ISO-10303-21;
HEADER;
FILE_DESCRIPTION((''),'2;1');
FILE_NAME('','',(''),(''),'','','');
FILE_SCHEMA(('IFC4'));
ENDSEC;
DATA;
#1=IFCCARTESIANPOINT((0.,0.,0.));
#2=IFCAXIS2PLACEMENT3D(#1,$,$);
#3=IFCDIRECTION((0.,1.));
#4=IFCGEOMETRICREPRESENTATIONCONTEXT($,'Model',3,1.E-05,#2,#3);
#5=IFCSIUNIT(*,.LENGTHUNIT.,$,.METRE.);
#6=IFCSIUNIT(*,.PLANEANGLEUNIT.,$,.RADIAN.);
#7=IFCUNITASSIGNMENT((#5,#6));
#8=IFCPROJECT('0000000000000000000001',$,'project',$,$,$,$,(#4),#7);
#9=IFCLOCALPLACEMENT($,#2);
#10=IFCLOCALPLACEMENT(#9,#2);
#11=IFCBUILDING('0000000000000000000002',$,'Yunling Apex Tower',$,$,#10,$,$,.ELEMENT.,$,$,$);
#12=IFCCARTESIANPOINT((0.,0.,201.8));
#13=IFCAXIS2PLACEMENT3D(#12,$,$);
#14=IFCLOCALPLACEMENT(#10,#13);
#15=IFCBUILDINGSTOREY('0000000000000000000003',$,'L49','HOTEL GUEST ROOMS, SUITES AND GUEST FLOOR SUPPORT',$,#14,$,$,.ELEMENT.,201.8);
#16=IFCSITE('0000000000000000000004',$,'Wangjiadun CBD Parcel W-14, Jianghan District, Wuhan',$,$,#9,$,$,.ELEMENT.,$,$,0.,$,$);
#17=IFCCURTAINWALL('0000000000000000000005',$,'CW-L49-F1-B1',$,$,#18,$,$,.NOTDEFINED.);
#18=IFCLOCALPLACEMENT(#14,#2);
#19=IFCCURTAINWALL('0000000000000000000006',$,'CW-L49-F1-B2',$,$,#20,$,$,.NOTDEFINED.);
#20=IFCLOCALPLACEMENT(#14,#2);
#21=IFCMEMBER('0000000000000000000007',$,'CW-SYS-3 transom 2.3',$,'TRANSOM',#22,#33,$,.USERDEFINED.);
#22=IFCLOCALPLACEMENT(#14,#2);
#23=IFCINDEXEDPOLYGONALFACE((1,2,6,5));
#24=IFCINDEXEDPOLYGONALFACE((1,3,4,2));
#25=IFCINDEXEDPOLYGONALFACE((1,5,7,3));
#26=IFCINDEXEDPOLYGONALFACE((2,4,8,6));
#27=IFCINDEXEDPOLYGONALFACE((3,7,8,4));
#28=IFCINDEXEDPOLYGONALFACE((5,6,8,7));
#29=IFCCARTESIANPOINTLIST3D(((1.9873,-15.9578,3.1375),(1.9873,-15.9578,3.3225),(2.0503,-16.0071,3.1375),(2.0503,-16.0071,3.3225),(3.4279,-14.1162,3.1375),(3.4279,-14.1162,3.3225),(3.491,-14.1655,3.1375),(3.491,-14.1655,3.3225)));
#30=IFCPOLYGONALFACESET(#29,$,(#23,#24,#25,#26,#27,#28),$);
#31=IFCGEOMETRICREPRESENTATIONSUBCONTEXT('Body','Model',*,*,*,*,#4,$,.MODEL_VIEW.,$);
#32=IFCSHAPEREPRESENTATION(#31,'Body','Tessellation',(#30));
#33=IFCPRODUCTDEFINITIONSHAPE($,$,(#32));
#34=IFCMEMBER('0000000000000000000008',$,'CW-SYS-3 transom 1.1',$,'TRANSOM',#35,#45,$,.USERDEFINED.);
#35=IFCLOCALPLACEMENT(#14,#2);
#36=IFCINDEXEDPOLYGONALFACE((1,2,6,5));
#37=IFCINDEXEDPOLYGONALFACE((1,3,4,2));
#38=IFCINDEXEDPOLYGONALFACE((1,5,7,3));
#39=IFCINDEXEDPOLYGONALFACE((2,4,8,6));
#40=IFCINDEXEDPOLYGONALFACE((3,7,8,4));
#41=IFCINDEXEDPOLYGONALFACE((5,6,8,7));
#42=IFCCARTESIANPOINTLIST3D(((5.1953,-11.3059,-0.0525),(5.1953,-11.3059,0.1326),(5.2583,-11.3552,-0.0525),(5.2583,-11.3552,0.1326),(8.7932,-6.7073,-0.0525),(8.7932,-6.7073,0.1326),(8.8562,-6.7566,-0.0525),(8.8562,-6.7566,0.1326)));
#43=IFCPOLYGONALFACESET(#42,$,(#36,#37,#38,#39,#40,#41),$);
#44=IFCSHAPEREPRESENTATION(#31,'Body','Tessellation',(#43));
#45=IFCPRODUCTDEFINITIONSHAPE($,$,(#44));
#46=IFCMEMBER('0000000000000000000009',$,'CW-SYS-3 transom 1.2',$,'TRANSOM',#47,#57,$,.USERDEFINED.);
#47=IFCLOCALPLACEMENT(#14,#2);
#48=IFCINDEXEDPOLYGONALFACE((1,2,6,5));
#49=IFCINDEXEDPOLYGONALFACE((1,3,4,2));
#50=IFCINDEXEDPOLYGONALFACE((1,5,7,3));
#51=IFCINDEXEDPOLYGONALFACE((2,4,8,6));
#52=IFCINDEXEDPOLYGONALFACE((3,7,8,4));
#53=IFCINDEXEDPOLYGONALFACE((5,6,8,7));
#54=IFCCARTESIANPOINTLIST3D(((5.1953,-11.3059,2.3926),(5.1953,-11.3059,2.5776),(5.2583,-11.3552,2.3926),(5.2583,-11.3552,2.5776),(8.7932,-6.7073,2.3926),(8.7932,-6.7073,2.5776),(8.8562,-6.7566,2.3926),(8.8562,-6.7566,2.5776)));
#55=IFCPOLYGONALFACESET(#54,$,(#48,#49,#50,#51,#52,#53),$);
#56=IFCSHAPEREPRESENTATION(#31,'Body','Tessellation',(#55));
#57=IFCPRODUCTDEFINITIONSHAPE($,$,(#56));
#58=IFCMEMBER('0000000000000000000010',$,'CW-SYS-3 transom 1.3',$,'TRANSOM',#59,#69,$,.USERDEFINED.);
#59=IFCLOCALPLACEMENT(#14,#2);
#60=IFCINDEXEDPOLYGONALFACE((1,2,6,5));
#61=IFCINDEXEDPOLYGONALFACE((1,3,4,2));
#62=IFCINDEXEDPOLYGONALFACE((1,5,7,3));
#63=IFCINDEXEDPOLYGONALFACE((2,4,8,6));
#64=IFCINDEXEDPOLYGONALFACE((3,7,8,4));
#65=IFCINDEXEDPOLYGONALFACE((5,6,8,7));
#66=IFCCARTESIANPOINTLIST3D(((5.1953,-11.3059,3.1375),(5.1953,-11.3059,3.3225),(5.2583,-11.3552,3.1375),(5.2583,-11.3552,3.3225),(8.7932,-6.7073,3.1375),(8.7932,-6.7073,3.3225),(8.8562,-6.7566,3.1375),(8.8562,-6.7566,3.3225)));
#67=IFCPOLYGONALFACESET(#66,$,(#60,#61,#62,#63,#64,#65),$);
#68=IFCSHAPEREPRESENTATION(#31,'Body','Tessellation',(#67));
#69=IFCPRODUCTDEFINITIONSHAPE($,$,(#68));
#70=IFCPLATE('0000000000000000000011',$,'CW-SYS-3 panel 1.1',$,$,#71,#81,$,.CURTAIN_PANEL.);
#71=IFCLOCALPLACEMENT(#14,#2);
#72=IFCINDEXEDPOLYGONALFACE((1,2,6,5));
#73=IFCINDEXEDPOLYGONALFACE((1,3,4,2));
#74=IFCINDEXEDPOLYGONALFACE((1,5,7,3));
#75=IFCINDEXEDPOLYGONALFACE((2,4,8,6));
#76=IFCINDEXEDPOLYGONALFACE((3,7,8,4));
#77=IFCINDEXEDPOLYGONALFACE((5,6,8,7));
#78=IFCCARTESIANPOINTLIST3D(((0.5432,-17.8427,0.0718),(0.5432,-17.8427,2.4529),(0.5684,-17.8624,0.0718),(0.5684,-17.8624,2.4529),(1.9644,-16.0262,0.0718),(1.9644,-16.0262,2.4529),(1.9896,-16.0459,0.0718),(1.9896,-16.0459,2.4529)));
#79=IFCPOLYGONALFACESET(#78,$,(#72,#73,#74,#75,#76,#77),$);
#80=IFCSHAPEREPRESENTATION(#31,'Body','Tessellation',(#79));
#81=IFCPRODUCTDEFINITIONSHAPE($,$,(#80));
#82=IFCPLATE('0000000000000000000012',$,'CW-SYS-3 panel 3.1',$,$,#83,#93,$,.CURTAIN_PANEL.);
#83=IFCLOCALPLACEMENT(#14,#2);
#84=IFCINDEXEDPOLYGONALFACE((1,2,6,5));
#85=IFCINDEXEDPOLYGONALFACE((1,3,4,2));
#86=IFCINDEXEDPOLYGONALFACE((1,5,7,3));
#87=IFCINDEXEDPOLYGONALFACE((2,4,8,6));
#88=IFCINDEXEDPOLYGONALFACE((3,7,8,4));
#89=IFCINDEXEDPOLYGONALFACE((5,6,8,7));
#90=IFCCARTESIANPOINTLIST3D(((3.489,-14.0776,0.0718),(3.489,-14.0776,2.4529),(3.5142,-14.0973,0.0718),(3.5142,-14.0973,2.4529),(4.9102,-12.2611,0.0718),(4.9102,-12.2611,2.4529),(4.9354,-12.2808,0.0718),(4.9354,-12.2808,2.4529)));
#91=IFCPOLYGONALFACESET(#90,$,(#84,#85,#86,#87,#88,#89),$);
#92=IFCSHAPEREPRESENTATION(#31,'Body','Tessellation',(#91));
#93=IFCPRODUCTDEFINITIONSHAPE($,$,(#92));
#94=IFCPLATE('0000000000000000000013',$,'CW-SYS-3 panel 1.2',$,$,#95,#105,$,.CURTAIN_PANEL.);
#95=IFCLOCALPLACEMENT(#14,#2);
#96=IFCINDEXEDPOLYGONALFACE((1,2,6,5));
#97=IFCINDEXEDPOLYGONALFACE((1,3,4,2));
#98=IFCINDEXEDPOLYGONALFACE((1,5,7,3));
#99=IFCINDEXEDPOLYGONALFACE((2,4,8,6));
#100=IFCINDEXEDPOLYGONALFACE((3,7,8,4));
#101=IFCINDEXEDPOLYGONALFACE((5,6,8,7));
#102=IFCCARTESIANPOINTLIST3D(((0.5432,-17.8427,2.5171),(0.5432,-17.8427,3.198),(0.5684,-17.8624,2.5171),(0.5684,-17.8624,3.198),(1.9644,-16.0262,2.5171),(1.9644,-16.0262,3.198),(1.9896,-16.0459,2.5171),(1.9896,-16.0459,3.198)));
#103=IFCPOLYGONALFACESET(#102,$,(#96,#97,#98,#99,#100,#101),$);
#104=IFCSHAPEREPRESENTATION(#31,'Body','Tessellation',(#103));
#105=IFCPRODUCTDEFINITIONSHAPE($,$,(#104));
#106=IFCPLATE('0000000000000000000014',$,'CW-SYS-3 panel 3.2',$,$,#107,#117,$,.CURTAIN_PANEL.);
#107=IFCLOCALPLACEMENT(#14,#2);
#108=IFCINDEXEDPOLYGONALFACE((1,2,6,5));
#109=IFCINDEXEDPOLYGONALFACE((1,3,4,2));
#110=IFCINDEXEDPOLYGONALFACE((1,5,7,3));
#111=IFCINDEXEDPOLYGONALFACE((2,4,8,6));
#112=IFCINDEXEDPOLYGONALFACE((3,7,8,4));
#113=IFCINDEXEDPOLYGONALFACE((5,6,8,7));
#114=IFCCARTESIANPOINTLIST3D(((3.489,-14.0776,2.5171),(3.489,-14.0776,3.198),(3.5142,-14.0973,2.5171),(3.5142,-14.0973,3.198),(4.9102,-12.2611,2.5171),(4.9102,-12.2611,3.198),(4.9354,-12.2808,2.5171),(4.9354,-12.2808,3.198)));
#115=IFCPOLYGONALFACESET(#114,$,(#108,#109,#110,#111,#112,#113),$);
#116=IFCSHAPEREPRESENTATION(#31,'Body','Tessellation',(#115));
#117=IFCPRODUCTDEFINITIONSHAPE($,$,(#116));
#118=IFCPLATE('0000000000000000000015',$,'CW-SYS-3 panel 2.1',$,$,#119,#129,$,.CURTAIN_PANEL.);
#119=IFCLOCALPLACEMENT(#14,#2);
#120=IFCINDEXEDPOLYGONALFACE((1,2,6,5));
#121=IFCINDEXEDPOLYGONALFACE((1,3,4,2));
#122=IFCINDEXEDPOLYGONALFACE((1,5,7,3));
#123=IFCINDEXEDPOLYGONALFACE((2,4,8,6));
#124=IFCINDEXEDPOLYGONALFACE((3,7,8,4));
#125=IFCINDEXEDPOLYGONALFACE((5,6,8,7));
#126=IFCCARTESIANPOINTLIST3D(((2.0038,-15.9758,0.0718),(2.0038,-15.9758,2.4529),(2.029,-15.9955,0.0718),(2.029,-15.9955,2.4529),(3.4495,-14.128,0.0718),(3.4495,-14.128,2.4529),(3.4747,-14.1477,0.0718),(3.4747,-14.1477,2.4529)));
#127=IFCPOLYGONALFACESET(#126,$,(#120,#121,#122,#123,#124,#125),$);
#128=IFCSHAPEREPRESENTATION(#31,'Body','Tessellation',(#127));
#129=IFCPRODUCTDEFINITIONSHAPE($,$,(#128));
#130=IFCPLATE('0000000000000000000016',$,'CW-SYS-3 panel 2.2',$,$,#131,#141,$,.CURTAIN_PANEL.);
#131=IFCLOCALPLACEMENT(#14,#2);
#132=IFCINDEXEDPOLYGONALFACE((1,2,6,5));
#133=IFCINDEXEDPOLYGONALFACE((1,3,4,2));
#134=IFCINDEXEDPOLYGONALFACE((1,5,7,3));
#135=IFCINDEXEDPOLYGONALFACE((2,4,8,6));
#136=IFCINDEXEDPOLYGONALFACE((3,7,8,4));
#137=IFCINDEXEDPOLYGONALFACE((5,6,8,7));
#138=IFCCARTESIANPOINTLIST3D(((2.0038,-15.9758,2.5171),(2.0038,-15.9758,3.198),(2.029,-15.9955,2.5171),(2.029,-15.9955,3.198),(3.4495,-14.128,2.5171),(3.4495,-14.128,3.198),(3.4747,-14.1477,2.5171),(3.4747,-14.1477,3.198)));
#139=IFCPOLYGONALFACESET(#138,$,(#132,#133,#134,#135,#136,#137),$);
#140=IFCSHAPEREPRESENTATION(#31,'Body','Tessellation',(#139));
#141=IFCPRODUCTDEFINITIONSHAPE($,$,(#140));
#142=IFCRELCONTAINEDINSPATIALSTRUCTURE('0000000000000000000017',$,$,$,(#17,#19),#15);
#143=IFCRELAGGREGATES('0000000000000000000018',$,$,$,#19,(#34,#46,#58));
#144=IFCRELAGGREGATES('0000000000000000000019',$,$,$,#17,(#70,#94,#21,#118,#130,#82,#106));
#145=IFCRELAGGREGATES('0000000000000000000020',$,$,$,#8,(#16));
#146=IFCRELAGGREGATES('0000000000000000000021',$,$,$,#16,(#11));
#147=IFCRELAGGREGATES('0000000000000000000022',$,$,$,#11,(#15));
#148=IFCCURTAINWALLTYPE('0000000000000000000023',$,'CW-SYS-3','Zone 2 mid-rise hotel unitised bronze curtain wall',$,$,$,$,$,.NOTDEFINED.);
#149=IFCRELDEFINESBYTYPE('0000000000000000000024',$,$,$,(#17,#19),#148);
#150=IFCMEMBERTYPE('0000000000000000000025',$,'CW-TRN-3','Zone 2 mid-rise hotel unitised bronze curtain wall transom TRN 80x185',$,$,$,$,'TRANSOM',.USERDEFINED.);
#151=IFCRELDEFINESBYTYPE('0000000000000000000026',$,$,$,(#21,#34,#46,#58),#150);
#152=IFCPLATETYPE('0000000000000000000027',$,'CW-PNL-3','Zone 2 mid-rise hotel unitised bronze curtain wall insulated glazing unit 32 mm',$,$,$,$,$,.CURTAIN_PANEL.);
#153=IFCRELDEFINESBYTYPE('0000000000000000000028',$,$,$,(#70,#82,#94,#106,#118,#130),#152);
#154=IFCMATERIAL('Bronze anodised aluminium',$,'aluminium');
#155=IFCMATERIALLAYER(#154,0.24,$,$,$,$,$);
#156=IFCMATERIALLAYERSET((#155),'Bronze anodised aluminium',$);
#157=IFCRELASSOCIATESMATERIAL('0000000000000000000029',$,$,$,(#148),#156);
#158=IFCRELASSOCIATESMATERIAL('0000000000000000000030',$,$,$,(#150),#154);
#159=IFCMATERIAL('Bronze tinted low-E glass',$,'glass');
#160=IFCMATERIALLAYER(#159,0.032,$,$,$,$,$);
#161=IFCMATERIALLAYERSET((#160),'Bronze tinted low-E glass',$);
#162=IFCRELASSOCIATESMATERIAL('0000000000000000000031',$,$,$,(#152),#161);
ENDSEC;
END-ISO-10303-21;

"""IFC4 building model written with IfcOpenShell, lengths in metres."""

from ifc_helpers import new_model, si_unit, direction, frame, origin, origin_2d, place, context, subcontext, project, spatial, rectangle, extrude, source, transform, mapped, material, layer, layer_set, material_profile, profile_set, type_object, element, aggregate, save


model = new_model("IFC4")

# Units and contexts
model_context = context("Model", 3, precision=1e-05, world=origin(), true_north=direction((0.0, 1.0)))
body_context = subcontext(model_context, "Body", "Model", "MODEL_VIEW")
ifc_project = project(units=[si_unit("LENGTHUNIT", "METRE"), si_unit("PLANEANGLEUNIT", "RADIAN")], contexts=[model_context])

# Site, building, storey
site_placement = place(None, origin())
site = spatial("IfcSite", under=ifc_project, at=site_placement, Name="Wangjiadun CBD Parcel W-14, Jianghan District, Wuhan", CompositionType="ELEMENT", RefElevation=0.0)
building_placement = place(site_placement, origin())
building = spatial("IfcBuilding", under=site, at=building_placement, Name="Yunling Apex Tower", CompositionType="ELEMENT")
storey_placement = place(building_placement, frame((0.0, 0.0, 201.8)))
storey = spatial("IfcBuildingStorey", under=building, at=storey_placement, Name="L49", Description="HOTEL GUEST ROOMS, SUITES AND GUEST FLOOR SUPPORT", CompositionType="ELEMENT", Elevation=201.8)

# Curtain wall
ifc_material_1 = material(Name="Bronze anodised aluminium", Category="aluminium")
ifc_layer_1 = layer(ifc_material_1, 0.24)
ifc_layer_set_1 = layer_set([ifc_layer_1], Name="Bronze anodised aluminium")
curtain_wall_type = type_object("IfcCurtainWallType", Name="CW-SYS-3", Description="Zone 2 mid-rise hotel unitised bronze curtain wall", PredefinedType="NOTDEFINED", material=ifc_layer_set_1)
curtain_wall_1_placement = place(storey_placement, origin())
curtain_wall_1 = element("IfcCurtainWall", 1, at=curtain_wall_1_placement, inside=storey, type_object=curtain_wall_type, Name="CW-L49-F1-B1", PredefinedType="NOTDEFINED")

# Curtain wall
curtain_wall_2_placement = place(storey_placement, origin())
curtain_wall_2 = element("IfcCurtainWall", 2, at=curtain_wall_2_placement, inside=storey, type_object=curtain_wall_type, Name="CW-L49-F1-B2", PredefinedType="NOTDEFINED")

# Members
ifc_material_profile_1 = material_profile(ifc_material_1, rectangle(XDim=0.0801, YDim=0.1851, at=origin_2d()))
ifc_profile_set_1 = profile_set([ifc_material_profile_1], Name="Bronze anodised aluminium")
member_type_1 = type_object("IfcMemberType", Name="CW-TRN-3", Description="Zone 2 mid-rise hotel unitised bronze curtain wall transom TRN 80x185", ElementType="TRANSOM", PredefinedType="USERDEFINED", material=ifc_profile_set_1)
shared_shape_1 = source(origin(), body_context, "Body", "SweptSolid", [
    extrude(rectangle(XDim=0.0801, YDim=0.1851, at=origin_2d()), origin(), (0.0, 0.0, 1.0), 2.3381),
])
member_1_placement = place(storey_placement, frame((2.0188, -15.9824, 3.23), z_axis=(0.616165, 0.787617, 0.0), x_axis=(-0.787617, 0.616165, 0.0)))
member_1 = element("IfcMember", 3, at=member_1_placement, type_object=member_type_1, Name="CW-SYS-3 transom 2.3", ObjectType="TRANSOM", PredefinedType="USERDEFINED", context=body_context, shape_type="MappedRepresentation", body=[
    mapped(shared_shape_1, transform((0.0, 0.0, 0.0), scale=1.0)),
])
shared_shape_2 = source(origin(), body_context, "Body", "SweptSolid", [
    extrude(rectangle(XDim=0.0801, YDim=0.1851, at=origin_2d()), origin(), (0.0, 0.0, 1.0), 5.8389),
])
member_2_placement = place(storey_placement, frame((5.2268, -11.3306, 0.04), z_axis=(0.616199, 0.787591, 0.0), x_axis=(-0.787591, 0.616199, 0.0)))
member_2 = element("IfcMember", 4, at=member_2_placement, type_object=member_type_1, Name="CW-SYS-3 transom 1.1", ObjectType="TRANSOM", PredefinedType="USERDEFINED", context=body_context, shape_type="MappedRepresentation", body=[
    mapped(shared_shape_2, transform((0.0, 0.0, 0.0), scale=1.0)),
])
member_3_placement = place(storey_placement, frame((5.2268, -11.3306, 2.4851), z_axis=(0.616199, 0.787591, 0.0), x_axis=(-0.787591, 0.616199, 0.0)))
member_3 = element("IfcMember", 5, at=member_3_placement, type_object=member_type_1, Name="CW-SYS-3 transom 1.2", ObjectType="TRANSOM", PredefinedType="USERDEFINED", context=body_context, shape_type="MappedRepresentation", body=[
    mapped(shared_shape_2, transform((0.0, 0.0, 0.0), scale=1.0)),
])
member_4_placement = place(storey_placement, frame((5.2268, -11.3306, 3.23), z_axis=(0.616199, 0.787591, 0.0), x_axis=(-0.787591, 0.616199, 0.0)))
member_4 = element("IfcMember", 6, at=member_4_placement, type_object=member_type_1, Name="CW-SYS-3 transom 1.3", ObjectType="TRANSOM", PredefinedType="USERDEFINED", context=body_context, shape_type="MappedRepresentation", body=[
    mapped(shared_shape_2, transform((0.0, 0.0, 0.0), scale=1.0)),
])
aggregate(curtain_wall_2, [member_2, member_3, member_4])

# Plates
ifc_material_2 = material(Name="Bronze tinted low-E glass", Category="glass")
ifc_layer_2 = layer(ifc_material_2, 0.032)
ifc_layer_set_2 = layer_set([ifc_layer_2], Name="Bronze tinted low-E glass")
plate_type = type_object("IfcPlateType", Name="CW-PNL-3", Description="Zone 2 mid-rise hotel unitised bronze curtain wall insulated glazing unit 32 mm", PredefinedType="CURTAIN_PANEL", material=ifc_layer_set_2)
shared_shape_3 = source(origin(), body_context, "Body", "SweptSolid", [
    extrude(rectangle(XDim=2.3064, YDim=0.032, at=origin_2d()), origin(), (0.0, 0.0, 1.0), 2.3811),
])
plate_1_placement = place(storey_placement, frame((1.2664, -16.9443, 0.0718), z_axis=(0.0, 0.0, 1.0), x_axis=(0.6162, 0.787589, 0.0)))
plate_1 = element("IfcPlate", 7, at=plate_1_placement, type_object=plate_type, Name="CW-SYS-3 panel 1.1", PredefinedType="CURTAIN_PANEL", context=body_context, shape_type="MappedRepresentation", body=[
    mapped(shared_shape_3, transform((0.0, 0.0, 0.0), scale=1.0)),
])
plate_2_placement = place(storey_placement, frame((4.2122, -13.1792, 0.0718), z_axis=(0.0, 0.0, 1.0), x_axis=(0.6162, 0.787589, 0.0)))
plate_2 = element("IfcPlate", 8, at=plate_2_placement, type_object=plate_type, Name="CW-SYS-3 panel 3.1", PredefinedType="CURTAIN_PANEL", context=body_context, shape_type="MappedRepresentation", body=[
    mapped(shared_shape_3, transform((0.0, 0.0, 0.0), scale=1.0)),
])
shared_shape_4 = source(origin(), body_context, "Body", "SweptSolid", [
    extrude(rectangle(XDim=2.3064, YDim=0.032, at=origin_2d()), origin(), (0.0, 0.0, 1.0), 0.6809),
])
plate_3_placement = place(storey_placement, frame((1.2664, -16.9443, 2.5171), z_axis=(0.0, 0.0, 1.0), x_axis=(0.6162, 0.787589, 0.0)))
plate_3 = element("IfcPlate", 9, at=plate_3_placement, type_object=plate_type, Name="CW-SYS-3 panel 1.2", PredefinedType="CURTAIN_PANEL", context=body_context, shape_type="MappedRepresentation", body=[
    mapped(shared_shape_4, transform((0.0, 0.0, 0.0), scale=1.0)),
])
plate_4_placement = place(storey_placement, frame((4.2122, -13.1792, 2.5171), z_axis=(0.0, 0.0, 1.0), x_axis=(0.6162, 0.787589, 0.0)))
plate_4 = element("IfcPlate", 10, at=plate_4_placement, type_object=plate_type, Name="CW-SYS-3 panel 3.2", PredefinedType="CURTAIN_PANEL", context=body_context, shape_type="MappedRepresentation", body=[
    mapped(shared_shape_4, transform((0.0, 0.0, 0.0), scale=1.0)),
])
shared_shape_5 = source(origin(), body_context, "Body", "SweptSolid", [
    extrude(rectangle(XDim=2.3462, YDim=0.032, at=origin_2d()), origin(), (0.0, 0.0, 1.0), 2.3811),
])
plate_5_placement = place(storey_placement, frame((2.7393, -15.0618, 0.0718), z_axis=(0.0, 0.0, 1.0), x_axis=(0.6162, 0.787589, 0.0)))
plate_5 = element("IfcPlate", 11, at=plate_5_placement, type_object=plate_type, Name="CW-SYS-3 panel 2.1", PredefinedType="CURTAIN_PANEL", context=body_context, shape_type="MappedRepresentation", body=[
    mapped(shared_shape_5, transform((0.0, 0.0, 0.0), scale=1.0)),
])
shared_shape_6 = source(origin(), body_context, "Body", "SweptSolid", [
    extrude(rectangle(XDim=2.3462, YDim=0.032, at=origin_2d()), origin(), (0.0, 0.0, 1.0), 0.6809),
])
plate_6_placement = place(storey_placement, frame((2.7393, -15.0618, 2.5171), z_axis=(0.0, 0.0, 1.0), x_axis=(0.6162, 0.787589, 0.0)))
plate_6 = element("IfcPlate", 12, at=plate_6_placement, type_object=plate_type, Name="CW-SYS-3 panel 2.2", PredefinedType="CURTAIN_PANEL", context=body_context, shape_type="MappedRepresentation", body=[
    mapped(shared_shape_6, transform((0.0, 0.0, 0.0), scale=1.0)),
])
aggregate(curtain_wall_1, [plate_1, plate_3, member_1, plate_5, plate_6, plate_2, plate_4])

save(model, "model.ifc")
